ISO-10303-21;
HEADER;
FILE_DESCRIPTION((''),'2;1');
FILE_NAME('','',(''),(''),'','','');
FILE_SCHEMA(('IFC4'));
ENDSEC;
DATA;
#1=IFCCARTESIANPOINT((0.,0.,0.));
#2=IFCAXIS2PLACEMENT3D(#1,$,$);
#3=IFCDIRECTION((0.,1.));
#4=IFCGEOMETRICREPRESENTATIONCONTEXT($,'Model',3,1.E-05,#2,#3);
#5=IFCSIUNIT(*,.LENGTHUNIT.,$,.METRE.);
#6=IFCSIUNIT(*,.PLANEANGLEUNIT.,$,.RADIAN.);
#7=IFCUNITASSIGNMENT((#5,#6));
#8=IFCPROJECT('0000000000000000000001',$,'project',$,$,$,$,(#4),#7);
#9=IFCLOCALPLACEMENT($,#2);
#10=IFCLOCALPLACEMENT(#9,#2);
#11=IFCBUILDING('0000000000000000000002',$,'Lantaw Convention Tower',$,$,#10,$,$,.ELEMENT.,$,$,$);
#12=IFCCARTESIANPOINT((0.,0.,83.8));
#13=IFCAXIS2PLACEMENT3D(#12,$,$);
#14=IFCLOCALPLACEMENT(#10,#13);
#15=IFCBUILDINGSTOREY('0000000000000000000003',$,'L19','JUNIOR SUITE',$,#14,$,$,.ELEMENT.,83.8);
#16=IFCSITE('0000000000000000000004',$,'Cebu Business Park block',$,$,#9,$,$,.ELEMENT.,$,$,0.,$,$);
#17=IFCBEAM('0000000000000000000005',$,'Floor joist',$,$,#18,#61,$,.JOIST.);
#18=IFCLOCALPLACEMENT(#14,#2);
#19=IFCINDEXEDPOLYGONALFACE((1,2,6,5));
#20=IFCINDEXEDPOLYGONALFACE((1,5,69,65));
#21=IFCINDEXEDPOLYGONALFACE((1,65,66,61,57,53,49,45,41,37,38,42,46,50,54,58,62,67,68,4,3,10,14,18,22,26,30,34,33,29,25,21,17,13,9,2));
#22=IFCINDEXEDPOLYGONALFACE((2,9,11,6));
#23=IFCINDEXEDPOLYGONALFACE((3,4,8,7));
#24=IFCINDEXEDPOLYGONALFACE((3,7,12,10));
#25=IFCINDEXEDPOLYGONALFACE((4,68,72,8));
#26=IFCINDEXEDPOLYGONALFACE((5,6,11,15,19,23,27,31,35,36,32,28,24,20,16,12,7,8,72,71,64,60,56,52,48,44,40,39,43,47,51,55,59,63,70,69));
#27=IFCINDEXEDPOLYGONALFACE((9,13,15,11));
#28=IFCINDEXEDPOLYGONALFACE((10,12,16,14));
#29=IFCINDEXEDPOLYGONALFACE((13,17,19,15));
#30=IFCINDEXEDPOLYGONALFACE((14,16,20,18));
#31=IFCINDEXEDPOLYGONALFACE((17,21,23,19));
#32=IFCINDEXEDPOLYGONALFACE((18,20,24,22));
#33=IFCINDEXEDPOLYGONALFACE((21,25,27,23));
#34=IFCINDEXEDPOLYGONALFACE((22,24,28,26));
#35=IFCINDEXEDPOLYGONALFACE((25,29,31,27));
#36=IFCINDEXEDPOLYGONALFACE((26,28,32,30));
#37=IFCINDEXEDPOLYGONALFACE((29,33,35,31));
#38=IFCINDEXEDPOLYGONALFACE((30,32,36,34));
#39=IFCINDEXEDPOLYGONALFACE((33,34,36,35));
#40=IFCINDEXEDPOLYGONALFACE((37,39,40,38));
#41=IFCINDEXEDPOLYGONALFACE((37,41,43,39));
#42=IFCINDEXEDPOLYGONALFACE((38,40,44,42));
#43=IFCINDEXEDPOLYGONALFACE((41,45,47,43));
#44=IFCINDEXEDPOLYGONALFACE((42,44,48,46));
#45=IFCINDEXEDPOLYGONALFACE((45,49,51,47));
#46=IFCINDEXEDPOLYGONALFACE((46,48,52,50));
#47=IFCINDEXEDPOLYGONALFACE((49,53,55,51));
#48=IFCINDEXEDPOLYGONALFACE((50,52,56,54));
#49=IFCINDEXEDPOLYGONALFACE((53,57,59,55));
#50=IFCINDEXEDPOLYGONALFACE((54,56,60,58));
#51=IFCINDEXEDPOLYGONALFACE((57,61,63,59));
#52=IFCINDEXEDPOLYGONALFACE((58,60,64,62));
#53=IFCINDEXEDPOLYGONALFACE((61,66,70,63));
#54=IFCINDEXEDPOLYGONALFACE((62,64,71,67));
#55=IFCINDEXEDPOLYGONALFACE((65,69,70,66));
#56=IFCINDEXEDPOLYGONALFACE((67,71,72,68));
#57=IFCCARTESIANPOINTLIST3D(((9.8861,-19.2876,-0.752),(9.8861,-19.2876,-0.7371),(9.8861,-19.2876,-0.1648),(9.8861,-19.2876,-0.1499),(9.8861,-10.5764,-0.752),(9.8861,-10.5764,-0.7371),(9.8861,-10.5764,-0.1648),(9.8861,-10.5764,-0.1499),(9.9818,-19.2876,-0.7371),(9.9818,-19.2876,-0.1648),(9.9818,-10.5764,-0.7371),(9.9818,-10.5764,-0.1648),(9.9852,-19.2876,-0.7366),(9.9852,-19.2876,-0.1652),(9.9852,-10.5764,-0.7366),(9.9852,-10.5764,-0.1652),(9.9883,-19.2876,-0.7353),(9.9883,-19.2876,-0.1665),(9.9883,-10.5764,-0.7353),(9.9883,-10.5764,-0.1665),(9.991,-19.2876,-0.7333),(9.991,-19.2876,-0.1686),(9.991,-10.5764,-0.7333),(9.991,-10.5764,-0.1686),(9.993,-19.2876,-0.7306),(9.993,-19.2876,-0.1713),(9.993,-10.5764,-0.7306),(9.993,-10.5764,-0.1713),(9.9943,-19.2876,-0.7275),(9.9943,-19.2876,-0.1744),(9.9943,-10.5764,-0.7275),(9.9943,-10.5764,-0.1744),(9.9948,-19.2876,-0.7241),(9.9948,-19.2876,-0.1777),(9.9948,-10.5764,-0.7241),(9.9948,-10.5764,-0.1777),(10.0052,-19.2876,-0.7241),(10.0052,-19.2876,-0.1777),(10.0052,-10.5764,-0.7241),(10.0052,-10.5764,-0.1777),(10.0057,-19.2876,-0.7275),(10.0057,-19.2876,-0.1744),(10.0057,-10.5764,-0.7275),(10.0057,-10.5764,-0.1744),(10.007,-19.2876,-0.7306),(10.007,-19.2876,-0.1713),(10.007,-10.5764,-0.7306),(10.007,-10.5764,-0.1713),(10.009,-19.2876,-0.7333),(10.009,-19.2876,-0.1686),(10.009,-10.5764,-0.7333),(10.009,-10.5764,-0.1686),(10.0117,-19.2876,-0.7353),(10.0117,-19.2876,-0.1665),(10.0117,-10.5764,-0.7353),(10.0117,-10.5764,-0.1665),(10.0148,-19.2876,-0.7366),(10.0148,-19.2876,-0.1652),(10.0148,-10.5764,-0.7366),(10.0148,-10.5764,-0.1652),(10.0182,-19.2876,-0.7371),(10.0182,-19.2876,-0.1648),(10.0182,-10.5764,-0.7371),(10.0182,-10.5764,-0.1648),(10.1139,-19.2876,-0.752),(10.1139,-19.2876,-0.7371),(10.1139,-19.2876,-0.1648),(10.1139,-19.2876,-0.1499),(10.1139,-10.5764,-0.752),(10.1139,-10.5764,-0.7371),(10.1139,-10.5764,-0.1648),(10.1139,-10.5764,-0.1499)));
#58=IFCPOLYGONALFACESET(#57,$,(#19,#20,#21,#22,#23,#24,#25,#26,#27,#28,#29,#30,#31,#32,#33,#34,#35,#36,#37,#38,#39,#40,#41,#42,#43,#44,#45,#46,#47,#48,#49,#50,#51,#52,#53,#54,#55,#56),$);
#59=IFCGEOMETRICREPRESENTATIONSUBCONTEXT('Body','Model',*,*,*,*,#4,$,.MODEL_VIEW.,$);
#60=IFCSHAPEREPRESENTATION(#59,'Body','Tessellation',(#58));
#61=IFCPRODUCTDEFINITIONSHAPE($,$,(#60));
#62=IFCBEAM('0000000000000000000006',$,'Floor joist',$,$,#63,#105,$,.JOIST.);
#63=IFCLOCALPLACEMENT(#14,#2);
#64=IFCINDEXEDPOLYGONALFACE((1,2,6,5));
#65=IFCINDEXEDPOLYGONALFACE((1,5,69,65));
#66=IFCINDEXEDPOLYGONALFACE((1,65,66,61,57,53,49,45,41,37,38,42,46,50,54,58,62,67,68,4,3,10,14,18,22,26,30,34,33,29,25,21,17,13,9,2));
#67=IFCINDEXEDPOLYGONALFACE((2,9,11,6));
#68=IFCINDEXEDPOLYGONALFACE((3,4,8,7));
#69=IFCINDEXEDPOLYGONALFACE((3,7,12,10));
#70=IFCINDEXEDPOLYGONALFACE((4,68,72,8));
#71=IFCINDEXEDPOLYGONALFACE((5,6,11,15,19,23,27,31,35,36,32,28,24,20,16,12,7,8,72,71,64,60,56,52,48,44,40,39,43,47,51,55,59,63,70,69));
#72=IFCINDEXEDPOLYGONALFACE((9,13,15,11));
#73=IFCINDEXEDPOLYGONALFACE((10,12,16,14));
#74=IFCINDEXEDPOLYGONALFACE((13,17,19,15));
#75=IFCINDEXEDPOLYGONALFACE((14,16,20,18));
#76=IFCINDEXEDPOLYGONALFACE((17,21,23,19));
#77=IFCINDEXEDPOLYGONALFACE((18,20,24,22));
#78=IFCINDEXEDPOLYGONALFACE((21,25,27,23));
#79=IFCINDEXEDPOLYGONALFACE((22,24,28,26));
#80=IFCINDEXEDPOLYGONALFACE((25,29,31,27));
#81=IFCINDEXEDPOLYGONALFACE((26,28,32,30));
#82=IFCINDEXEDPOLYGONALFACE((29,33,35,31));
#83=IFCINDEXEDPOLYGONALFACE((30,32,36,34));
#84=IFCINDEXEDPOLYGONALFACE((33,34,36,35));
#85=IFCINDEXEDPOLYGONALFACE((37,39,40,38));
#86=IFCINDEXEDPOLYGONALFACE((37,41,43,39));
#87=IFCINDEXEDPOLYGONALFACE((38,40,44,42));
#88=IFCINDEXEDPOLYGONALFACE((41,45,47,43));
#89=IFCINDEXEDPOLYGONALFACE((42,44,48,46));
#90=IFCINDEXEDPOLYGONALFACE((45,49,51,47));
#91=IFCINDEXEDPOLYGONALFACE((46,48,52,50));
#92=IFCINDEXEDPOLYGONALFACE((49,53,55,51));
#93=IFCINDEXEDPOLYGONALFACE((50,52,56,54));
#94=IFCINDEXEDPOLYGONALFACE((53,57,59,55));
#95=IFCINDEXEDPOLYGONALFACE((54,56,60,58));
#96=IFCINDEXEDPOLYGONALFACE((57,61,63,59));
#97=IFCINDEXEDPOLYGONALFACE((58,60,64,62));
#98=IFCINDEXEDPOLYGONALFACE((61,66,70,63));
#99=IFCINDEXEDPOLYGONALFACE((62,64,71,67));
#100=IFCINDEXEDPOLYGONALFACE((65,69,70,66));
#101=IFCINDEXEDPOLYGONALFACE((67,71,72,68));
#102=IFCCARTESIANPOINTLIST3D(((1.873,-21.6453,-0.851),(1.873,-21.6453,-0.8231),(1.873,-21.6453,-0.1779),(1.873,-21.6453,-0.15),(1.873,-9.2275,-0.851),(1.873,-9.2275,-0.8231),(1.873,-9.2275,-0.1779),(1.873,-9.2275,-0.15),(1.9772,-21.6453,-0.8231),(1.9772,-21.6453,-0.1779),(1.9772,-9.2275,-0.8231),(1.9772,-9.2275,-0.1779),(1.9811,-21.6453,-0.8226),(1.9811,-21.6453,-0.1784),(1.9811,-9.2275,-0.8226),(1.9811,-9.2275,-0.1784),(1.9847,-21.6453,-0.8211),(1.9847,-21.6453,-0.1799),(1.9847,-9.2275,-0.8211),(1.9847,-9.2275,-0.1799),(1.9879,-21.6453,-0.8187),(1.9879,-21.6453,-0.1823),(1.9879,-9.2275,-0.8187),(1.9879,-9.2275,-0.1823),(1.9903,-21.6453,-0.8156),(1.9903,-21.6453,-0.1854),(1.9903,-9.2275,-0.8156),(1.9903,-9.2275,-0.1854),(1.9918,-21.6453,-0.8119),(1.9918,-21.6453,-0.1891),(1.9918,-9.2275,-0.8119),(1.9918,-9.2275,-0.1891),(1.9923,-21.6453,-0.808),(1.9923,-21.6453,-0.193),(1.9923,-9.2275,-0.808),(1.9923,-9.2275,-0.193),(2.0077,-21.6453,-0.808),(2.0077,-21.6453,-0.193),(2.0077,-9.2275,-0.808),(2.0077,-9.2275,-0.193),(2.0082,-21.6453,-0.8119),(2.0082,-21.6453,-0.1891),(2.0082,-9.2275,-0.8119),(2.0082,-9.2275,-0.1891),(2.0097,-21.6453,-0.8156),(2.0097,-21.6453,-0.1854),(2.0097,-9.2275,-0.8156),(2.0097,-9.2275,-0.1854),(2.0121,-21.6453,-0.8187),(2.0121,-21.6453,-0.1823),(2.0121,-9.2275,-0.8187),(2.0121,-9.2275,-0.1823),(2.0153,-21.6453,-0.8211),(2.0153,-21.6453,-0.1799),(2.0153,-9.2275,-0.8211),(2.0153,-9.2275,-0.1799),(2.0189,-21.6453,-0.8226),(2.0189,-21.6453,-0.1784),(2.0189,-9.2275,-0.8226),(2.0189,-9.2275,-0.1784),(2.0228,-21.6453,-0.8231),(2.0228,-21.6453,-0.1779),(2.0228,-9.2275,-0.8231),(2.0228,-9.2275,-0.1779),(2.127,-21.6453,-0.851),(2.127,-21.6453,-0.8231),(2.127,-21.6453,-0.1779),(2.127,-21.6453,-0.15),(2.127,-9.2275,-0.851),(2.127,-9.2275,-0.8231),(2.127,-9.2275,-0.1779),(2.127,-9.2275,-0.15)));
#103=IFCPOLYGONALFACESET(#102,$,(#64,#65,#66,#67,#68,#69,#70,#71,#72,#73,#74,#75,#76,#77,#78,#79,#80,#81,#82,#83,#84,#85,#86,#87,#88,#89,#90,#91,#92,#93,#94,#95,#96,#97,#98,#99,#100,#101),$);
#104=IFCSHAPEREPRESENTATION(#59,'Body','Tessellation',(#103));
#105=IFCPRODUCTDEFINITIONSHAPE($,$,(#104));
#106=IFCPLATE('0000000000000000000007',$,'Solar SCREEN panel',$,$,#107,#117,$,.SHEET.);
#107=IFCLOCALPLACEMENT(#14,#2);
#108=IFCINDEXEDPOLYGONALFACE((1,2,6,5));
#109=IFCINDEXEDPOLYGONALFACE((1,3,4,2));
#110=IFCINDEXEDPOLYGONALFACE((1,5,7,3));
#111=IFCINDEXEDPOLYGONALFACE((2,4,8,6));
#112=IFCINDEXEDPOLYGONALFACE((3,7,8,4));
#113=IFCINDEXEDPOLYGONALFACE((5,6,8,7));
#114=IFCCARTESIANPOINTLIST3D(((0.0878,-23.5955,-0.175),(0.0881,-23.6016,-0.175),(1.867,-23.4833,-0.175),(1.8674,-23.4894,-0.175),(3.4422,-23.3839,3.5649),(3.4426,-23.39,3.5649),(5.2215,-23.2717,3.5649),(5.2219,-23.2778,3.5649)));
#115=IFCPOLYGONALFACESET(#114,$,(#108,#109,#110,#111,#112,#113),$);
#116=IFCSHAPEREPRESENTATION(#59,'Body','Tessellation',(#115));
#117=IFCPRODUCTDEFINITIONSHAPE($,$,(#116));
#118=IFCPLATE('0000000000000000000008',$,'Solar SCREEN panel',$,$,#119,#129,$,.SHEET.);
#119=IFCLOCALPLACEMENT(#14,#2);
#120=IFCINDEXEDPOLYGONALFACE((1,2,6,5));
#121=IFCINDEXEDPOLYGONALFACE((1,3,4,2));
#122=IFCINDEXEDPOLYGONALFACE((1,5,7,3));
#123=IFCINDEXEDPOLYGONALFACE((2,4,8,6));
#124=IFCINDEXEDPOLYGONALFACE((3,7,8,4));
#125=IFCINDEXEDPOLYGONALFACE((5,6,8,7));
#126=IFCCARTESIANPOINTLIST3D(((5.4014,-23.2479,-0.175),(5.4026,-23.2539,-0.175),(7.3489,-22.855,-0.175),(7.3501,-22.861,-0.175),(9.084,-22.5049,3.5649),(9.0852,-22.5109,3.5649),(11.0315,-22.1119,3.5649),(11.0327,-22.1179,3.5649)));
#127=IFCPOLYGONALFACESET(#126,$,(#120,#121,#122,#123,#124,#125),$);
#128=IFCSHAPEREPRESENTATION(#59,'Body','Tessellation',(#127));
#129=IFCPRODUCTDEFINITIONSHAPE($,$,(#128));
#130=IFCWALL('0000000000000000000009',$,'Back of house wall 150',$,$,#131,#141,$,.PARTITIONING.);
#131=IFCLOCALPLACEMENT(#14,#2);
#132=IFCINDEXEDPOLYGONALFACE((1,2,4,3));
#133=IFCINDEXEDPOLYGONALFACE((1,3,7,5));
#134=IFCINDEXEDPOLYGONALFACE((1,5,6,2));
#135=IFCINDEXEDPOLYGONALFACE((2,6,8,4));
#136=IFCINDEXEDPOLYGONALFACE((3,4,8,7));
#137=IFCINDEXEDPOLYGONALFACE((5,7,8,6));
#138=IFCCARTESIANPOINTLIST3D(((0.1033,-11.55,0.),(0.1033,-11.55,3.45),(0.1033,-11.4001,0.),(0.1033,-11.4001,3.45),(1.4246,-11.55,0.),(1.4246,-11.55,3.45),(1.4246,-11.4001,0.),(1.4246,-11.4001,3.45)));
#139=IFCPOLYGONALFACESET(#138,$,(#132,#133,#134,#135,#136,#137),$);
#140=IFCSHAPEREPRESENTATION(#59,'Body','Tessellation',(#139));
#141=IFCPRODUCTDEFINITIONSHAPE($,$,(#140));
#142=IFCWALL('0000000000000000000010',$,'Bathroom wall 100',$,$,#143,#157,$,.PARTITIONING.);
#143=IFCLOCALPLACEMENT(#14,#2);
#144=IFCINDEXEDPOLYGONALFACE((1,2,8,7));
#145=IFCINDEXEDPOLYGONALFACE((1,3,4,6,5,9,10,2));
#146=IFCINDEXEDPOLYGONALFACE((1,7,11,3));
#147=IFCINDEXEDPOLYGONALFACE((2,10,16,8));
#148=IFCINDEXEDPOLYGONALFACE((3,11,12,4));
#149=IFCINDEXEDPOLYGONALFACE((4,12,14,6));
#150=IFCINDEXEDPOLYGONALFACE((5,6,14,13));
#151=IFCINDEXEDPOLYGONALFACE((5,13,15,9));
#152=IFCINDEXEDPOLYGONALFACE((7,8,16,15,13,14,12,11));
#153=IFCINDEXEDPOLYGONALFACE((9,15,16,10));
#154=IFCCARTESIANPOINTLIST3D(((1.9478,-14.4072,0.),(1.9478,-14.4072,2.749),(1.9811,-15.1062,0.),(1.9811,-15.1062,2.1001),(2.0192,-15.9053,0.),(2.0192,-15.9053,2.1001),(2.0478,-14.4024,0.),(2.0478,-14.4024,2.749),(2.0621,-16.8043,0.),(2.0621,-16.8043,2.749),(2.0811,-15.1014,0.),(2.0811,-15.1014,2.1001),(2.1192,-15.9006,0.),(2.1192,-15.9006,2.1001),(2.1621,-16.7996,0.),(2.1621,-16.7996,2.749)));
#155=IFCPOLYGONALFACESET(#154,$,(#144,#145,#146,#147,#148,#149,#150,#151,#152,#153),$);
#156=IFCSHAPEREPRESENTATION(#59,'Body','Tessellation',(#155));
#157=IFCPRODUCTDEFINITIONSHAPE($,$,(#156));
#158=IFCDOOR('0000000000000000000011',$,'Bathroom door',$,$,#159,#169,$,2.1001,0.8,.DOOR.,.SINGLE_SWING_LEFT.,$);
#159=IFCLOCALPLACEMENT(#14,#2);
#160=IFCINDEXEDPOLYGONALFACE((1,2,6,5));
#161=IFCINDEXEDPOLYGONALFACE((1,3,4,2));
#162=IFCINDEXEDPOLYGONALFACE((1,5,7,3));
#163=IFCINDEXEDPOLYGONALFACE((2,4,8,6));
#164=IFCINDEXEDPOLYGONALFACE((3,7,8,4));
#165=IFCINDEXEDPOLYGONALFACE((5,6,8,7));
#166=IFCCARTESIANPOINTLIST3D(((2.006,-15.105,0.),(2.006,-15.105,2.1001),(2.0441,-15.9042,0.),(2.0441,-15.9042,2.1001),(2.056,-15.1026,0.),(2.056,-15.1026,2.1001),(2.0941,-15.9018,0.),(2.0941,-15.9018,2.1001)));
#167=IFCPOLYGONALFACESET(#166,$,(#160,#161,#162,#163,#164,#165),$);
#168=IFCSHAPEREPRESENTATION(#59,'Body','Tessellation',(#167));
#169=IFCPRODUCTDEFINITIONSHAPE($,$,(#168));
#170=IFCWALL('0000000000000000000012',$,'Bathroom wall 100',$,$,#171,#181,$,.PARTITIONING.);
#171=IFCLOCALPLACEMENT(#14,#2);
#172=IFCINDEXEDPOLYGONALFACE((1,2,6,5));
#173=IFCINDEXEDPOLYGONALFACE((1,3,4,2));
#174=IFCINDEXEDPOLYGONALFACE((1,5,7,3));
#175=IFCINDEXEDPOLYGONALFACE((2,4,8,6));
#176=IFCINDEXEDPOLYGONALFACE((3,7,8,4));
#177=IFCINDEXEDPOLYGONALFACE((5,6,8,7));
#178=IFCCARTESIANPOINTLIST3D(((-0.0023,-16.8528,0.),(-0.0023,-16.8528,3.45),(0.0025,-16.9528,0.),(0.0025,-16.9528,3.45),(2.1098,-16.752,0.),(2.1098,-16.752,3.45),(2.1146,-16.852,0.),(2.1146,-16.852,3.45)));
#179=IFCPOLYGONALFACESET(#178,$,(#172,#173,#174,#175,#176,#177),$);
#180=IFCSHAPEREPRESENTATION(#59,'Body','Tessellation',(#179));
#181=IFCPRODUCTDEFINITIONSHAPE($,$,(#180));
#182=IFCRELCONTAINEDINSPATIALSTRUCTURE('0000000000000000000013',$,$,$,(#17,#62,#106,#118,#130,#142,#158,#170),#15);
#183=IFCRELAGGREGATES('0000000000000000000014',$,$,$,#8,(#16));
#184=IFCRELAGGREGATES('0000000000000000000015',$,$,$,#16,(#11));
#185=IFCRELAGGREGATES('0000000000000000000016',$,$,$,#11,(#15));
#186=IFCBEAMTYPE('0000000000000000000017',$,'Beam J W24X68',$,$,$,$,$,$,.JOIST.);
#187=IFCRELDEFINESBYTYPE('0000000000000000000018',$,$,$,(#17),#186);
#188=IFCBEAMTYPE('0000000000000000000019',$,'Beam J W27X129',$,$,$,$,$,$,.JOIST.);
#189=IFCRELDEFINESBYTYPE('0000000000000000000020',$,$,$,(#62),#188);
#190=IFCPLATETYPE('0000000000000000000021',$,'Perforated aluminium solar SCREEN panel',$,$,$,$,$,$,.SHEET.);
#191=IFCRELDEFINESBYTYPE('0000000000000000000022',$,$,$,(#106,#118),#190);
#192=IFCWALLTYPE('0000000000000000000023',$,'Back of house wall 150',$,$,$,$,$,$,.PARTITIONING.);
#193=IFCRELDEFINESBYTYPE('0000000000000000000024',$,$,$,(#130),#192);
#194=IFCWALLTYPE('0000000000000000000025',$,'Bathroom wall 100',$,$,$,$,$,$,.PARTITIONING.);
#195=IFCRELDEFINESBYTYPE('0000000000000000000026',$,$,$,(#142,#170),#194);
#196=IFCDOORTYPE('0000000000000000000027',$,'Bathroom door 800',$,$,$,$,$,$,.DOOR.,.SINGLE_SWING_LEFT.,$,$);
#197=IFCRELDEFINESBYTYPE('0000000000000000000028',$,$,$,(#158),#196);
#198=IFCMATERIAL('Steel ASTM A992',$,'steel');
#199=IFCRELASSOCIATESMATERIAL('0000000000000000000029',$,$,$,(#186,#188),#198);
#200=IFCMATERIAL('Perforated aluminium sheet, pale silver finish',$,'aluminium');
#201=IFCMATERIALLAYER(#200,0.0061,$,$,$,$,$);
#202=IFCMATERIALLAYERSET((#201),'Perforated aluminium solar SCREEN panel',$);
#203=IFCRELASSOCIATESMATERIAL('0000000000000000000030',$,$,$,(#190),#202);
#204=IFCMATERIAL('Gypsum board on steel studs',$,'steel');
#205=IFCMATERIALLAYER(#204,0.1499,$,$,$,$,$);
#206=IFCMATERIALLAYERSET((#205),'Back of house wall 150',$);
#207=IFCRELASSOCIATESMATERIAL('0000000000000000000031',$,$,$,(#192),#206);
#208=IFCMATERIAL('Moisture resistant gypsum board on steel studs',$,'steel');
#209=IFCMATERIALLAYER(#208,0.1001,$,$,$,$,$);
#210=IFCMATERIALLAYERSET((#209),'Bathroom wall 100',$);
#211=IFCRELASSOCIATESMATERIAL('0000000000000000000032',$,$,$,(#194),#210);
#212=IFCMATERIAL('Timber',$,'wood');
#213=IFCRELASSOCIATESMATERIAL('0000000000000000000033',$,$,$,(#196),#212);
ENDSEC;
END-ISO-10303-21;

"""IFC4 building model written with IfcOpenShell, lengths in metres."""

from ifc_helpers import new_model, si_unit, direction, frame, frame_2d, origin, origin_2d, place, context, subcontext, project, spatial, polyline, rectangle, i_section, outline, extrude, material, layer, layer_set, material_profile, profile_set, type_object, element, fill, save


model = new_model("IFC4")

# Units and contexts
model_context = context("Model", 3, precision=1e-05, world=origin(), true_north=direction((0.0, 1.0)))
body_context = subcontext(model_context, "Body", "Model", "MODEL_VIEW")
ifc_project = project(units=[si_unit("LENGTHUNIT", "METRE"), si_unit("PLANEANGLEUNIT", "RADIAN")], contexts=[model_context])

# Site, building, storey
site_placement = place(None, origin())
site = spatial("IfcSite", under=ifc_project, at=site_placement, Name="Cebu Business Park block", CompositionType="ELEMENT", RefElevation=0.0)
building_placement = place(site_placement, origin())
building = spatial("IfcBuilding", under=site, at=building_placement, Name="Lantaw Convention Tower", CompositionType="ELEMENT")
storey_placement = place(building_placement, frame((0.0, 0.0, 83.8)))
storey = spatial("IfcBuildingStorey", under=building, at=storey_placement, Name="L19", Description="JUNIOR SUITE", CompositionType="ELEMENT", Elevation=83.8)

# Beams
ifc_material_1 = material(Name="Steel ASTM A992", Category="steel")
ifc_material_profile_1 = material_profile(ifc_material_1, i_section(OverallWidth=0.2278, OverallDepth=0.6021, WebThickness=0.0105, FlangeThickness=0.0149, FilletRadius=0.0129, at=origin_2d()), Name="W24X68")
ifc_profile_set_1 = profile_set([ifc_material_profile_1], Name="Steel ASTM A992")
beam_type_1 = type_object("IfcBeamType", Name="Beam J W24X68", PredefinedType="JOIST", material=ifc_profile_set_1)
beam_1_placement = place(storey_placement, frame((10.0, -19.2876, -0.4509), z_axis=(0.0, 1.0, 0.0), x_axis=(-1.0, 0.0, 0.0)))
element("IfcBeam", 1, at=beam_1_placement, inside=storey, type_object=beam_type_1, Name="Floor joist", PredefinedType="JOIST", context=body_context, shape_type="SweptSolid", body=[
    extrude(i_section(OverallWidth=0.2278, OverallDepth=0.6021, WebThickness=0.0105, FlangeThickness=0.0149, FilletRadius=0.0129, at=origin_2d()), origin(), (0.0, 0.0, 1.0), 8.7112),
])
ifc_material_profile_2 = material_profile(ifc_material_1, i_section(OverallWidth=0.2539, OverallDepth=0.7009, WebThickness=0.0154, FlangeThickness=0.0278, FilletRadius=0.0151, at=origin_2d()), Name="W27X129")
ifc_profile_set_2 = profile_set([ifc_material_profile_2], Name="Steel ASTM A992")
beam_type_2 = type_object("IfcBeamType", Name="Beam J W27X129", PredefinedType="JOIST", material=ifc_profile_set_2)
beam_2_placement = place(storey_placement, frame((2.0, -21.6453, -0.5005), z_axis=(0.0, 1.0, 0.0), x_axis=(-1.0, 0.0, 0.0)))
element("IfcBeam", 2, at=beam_2_placement, inside=storey, type_object=beam_type_2, Name="Floor joist", PredefinedType="JOIST", context=body_context, shape_type="SweptSolid", body=[
    extrude(i_section(OverallWidth=0.2539, OverallDepth=0.7009, WebThickness=0.0154, FlangeThickness=0.0278, FilletRadius=0.0151, at=origin_2d()), origin(), (0.0, 0.0, 1.0), 12.4177),
])

# Plates
ifc_material_2 = material(Name="Perforated aluminium sheet, pale silver finish", Category="aluminium")
ifc_layer_1 = layer(ifc_material_2, 0.0061)
ifc_layer_set_1 = layer_set([ifc_layer_1], Name="Perforated aluminium solar SCREEN panel")
plate_type = type_object("IfcPlateType", Name="Perforated aluminium solar SCREEN panel", PredefinedType="SHEET", material=ifc_layer_set_1)
plate_1_placement = place(storey_placement, frame((0.0881, -23.6016, -0.175), z_axis=(0.062924, -0.998018, 0.000014), x_axis=(0.998018, 0.062924, 0.0)))
element("IfcPlate", 3, at=plate_1_placement, inside=storey, type_object=plate_type, Name="Solar SCREEN panel", PredefinedType="SHEET", context=body_context, shape_type="SweptSolid", body=[
    extrude(outline(polyline([(0.0, 0.0), (1.7828, 0.0), (5.144, 3.74), (3.3611, 3.74), (0.0, 0.0)])), origin(), (0.0, 0.0, -1.0), 0.0061),
])
plate_2_placement = place(storey_placement, frame((5.4026, -23.2539, -0.175), z_axis=(0.197782, -0.980246, 0.000002), x_axis=(0.980246, 0.197782, 0.0)))
element("IfcPlate", 4, at=plate_2_placement, inside=storey, type_object=plate_type, Name="Solar SCREEN panel", PredefinedType="SHEET", context=body_context, shape_type="SweptSolid", body=[
    extrude(outline(polyline([(0.0, 0.0), (1.9867, 0.0), (5.7436, 3.74), (3.7568, 3.74), (0.0, 0.0)])), origin(), (0.0, 0.0, -1.0), 0.0061),
])

# Wall
ifc_material_3 = material(Name="Gypsum board on steel studs", Category="steel")
ifc_layer_2 = layer(ifc_material_3, 0.1499)
ifc_layer_set_2 = layer_set([ifc_layer_2], Name="Back of house wall 150")
wall_type_1 = type_object("IfcWallType", Name="Back of house wall 150", PredefinedType="PARTITIONING", material=ifc_layer_set_2)
wall_1_placement = place(storey_placement, frame((0.1033, -11.4751, 0.0), z_axis=(0.0, 0.0, 1.0), x_axis=(1.0, 0.0, 0.0)))
element("IfcWall", 5, at=wall_1_placement, inside=storey, type_object=wall_type_1, Name="Back of house wall 150", PredefinedType="PARTITIONING", context=body_context, shape_type="SweptSolid", body=[
    extrude(rectangle(XDim=1.3213, YDim=0.1499, at=frame_2d((0.6606, 0.0))), origin(), (0.0, 0.0, 1.0), 3.45),
])

# Wall, opening, door
ifc_material_4 = material(Name="Moisture resistant gypsum board on steel studs", Category="steel")
ifc_layer_3 = layer(ifc_material_4, 0.1001)
ifc_layer_set_3 = layer_set([ifc_layer_3], Name="Bathroom wall 100")
wall_type_2 = type_object("IfcWallType", Name="Bathroom wall 100", PredefinedType="PARTITIONING", material=ifc_layer_set_3)
wall_2_placement = place(storey_placement, frame((1.9978, -14.4048, 0.0), z_axis=(0.0, 0.0, 1.0), x_axis=(0.047609, -0.998866, 0.0)))
wall_2 = element("IfcWall", 6, at=wall_2_placement, inside=storey, type_object=wall_type_2, Name="Bathroom wall 100", PredefinedType="PARTITIONING", context=body_context, shape_type="SweptSolid", body=[
    extrude(rectangle(XDim=2.3999, YDim=0.1001, at=frame_2d((1.2, 0.0))), origin(), (0.0, 0.0, 1.0), 2.749),
])
opening_1_placement = place(wall_2_placement, frame((0.7, 0.0, 0.0)))
opening_1 = element("IfcOpeningElement", 7, at=opening_1_placement, cuts=wall_2, PredefinedType="OPENING", context=body_context, shape_type="SweptSolid", body=[
    extrude(rectangle(XDim=0.8, YDim=2.1001, at=frame_2d((0.3999, 1.05))), frame((0.0, 0.0601, 0.0), z_axis=(0.0, -1.0, 0.0), x_axis=(1.0, 0.0, 0.0)), (0.0, 0.0, 1.0), 0.1201),
])
ifc_material_5 = material(Name="Timber", Category="wood")
door_type_1 = type_object("IfcDoorType", Name="Bathroom door 800", OperationType="SINGLE_SWING_LEFT", PredefinedType="DOOR", material=ifc_material_5)
door_1_placement = place(opening_1_placement, origin())
door_1 = element("IfcDoor", 8, at=door_1_placement, inside=storey, type_object=door_type_1, Name="Bathroom door", OperationType="SINGLE_SWING_LEFT", OverallHeight=2.1001, OverallWidth=0.8, PredefinedType="DOOR", context=body_context, shape_type="SweptSolid", body=[
    extrude(rectangle(XDim=0.8, YDim=2.1001, at=frame_2d((0.3999, 1.05))), frame((0.0, 0.0249, 0.0), z_axis=(0.0, -1.0, 0.0), x_axis=(1.0, 0.0, 0.0)), (0.0, 0.0, 1.0), 0.05),
])
fill(opening_1, door_1)

# Wall
wall_3_placement = place(storey_placement, frame((2.1121, -16.802, 0.0), z_axis=(0.0, 0.0, 1.0), x_axis=(-0.998862, -0.047686, 0.0)))
element("IfcWall", 9, at=wall_3_placement, inside=storey, type_object=wall_type_2, Name="Bathroom wall 100", PredefinedType="PARTITIONING", context=body_context, shape_type="SweptSolid", body=[
    extrude(rectangle(XDim=2.1145, YDim=0.1001, at=frame_2d((1.0571, 0.0))), origin(), (0.0, 0.0, 1.0), 3.45),
])

save(model, "model.ifc")
